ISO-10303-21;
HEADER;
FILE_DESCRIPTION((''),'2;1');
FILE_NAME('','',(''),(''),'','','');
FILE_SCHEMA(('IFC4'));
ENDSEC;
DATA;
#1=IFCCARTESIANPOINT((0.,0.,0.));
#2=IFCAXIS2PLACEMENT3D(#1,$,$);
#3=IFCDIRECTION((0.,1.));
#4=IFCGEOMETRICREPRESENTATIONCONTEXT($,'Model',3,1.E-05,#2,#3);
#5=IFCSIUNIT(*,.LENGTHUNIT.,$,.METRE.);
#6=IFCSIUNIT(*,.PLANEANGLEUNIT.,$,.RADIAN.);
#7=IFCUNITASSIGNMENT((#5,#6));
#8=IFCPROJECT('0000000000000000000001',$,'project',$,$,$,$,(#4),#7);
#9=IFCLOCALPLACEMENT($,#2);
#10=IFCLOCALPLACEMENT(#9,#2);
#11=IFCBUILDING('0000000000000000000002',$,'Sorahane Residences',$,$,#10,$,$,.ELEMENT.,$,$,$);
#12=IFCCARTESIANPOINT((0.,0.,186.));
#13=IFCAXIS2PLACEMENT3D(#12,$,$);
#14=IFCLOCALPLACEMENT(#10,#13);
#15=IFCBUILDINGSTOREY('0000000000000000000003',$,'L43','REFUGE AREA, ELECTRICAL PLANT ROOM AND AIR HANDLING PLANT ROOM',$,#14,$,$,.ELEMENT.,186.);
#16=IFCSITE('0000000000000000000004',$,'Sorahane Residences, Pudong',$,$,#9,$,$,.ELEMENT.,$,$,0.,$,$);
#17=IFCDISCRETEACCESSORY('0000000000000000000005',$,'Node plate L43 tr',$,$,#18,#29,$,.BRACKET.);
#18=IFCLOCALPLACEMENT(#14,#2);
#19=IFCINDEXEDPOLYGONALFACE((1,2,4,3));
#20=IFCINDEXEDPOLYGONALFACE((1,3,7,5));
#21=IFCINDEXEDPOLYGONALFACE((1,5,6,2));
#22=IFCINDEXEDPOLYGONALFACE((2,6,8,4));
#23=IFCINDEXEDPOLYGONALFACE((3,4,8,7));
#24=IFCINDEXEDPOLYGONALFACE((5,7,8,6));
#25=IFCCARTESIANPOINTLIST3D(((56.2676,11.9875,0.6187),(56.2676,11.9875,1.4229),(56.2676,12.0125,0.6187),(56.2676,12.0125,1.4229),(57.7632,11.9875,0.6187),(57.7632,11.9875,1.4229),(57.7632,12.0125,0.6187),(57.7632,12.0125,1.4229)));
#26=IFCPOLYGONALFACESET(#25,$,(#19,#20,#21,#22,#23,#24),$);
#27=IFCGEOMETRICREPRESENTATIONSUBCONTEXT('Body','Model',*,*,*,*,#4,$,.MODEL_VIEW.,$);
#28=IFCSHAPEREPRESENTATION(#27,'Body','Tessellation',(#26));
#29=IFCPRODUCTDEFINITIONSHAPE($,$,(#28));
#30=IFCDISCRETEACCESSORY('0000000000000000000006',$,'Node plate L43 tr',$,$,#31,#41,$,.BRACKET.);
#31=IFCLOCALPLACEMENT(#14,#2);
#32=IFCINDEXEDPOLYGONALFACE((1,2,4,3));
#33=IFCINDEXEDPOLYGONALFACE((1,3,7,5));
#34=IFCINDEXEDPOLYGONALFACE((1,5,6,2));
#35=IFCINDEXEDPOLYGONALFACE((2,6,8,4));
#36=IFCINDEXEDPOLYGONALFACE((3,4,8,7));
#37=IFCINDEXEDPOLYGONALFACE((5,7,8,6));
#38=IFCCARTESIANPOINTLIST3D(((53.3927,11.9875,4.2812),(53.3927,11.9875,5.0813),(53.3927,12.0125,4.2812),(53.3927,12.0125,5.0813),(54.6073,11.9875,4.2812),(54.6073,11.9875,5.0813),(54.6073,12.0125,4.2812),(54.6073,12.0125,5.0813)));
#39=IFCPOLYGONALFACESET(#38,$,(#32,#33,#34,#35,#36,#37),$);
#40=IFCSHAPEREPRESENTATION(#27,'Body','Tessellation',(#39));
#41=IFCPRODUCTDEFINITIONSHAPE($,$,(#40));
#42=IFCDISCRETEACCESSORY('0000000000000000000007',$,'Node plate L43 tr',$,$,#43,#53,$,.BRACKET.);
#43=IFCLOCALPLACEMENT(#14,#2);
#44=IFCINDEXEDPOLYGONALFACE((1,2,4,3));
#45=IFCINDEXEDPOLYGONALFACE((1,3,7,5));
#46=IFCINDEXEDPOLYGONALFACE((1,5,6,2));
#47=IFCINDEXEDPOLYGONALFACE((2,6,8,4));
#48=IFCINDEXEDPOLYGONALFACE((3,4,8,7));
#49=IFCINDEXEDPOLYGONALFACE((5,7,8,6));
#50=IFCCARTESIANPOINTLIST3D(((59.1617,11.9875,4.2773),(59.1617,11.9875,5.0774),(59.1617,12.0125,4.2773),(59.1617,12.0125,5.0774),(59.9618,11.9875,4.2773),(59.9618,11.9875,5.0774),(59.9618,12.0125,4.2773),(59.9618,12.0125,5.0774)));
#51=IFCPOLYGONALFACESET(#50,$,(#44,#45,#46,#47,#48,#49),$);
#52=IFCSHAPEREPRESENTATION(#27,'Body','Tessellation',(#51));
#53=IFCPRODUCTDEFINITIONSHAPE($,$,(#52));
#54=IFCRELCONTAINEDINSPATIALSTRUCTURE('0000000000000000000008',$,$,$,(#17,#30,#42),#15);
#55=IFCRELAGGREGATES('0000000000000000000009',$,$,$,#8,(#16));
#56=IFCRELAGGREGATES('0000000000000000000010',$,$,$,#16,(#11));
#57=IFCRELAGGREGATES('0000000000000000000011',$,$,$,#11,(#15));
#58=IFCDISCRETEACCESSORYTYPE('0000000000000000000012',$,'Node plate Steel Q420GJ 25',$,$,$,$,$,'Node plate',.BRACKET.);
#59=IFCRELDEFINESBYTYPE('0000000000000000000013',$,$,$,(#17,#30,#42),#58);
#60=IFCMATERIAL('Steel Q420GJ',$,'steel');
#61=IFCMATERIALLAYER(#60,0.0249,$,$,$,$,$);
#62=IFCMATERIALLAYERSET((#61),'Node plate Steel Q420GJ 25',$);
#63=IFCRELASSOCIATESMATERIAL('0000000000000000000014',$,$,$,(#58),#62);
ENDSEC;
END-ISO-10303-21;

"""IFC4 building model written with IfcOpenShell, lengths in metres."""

from ifc_helpers import new_model, si_unit, direction, frame, origin, origin_2d, place, context, subcontext, project, spatial, rectangle, extrude, material, layer, layer_set, type_object, element, save


model = new_model("IFC4")

# Units and contexts
model_context = context("Model", 3, precision=1e-05, world=origin(), true_north=direction((0.0, 1.0)))
body_context = subcontext(model_context, "Body", "Model", "MODEL_VIEW")
ifc_project = project(units=[si_unit("LENGTHUNIT", "METRE"), si_unit("PLANEANGLEUNIT", "RADIAN")], contexts=[model_context])

# Site, building, storey
site_placement = place(None, origin())
site = spatial("IfcSite", under=ifc_project, at=site_placement, Name="Sorahane Residences, Pudong", CompositionType="ELEMENT", RefElevation=0.0)
building_placement = place(site_placement, origin())
building = spatial("IfcBuilding", under=site, at=building_placement, Name="Sorahane Residences", CompositionType="ELEMENT")
storey_placement = place(building_placement, frame((0.0, 0.0, 186.0)))
storey = spatial("IfcBuildingStorey", under=building, at=storey_placement, Name="L43", Description="REFUGE AREA, ELECTRICAL PLANT ROOM AND AIR HANDLING PLANT ROOM", CompositionType="ELEMENT", Elevation=186.0)

# Discrete accessories
ifc_material_1 = material(Name="Steel Q420GJ", Category="steel")
ifc_layer_1 = layer(ifc_material_1, 0.0249)
ifc_layer_set_1 = layer_set([ifc_layer_1], Name="Node plate Steel Q420GJ 25")
discrete_accessory_type_1 = type_object("IfcDiscreteAccessoryType", Name="Node plate Steel Q420GJ 25", ElementType="Node plate", PredefinedType="BRACKET", material=ifc_layer_set_1)
discrete_accessory_1_placement = place(storey_placement, frame((57.0154, 12.0, 0.6187), z_axis=(0.0, 0.0, 1.0), x_axis=(1.0, 0.0, 0.0)))
element("IfcDiscreteAccessory", 1, at=discrete_accessory_1_placement, inside=storey, type_object=discrete_accessory_type_1, Name="Node plate L43 tr", PredefinedType="BRACKET", context=body_context, shape_type="SweptSolid", body=[
    extrude(rectangle(XDim=1.4956, YDim=0.0249, at=origin_2d()), origin(), (0.0, 0.0, 1.0), 0.8042),
])
discrete_accessory_2_placement = place(storey_placement, frame((54.0, 12.0, 4.2812), z_axis=(0.0, 0.0, 1.0), x_axis=(1.0, 0.0, 0.0)))
element("IfcDiscreteAccessory", 2, at=discrete_accessory_2_placement, inside=storey, type_object=discrete_accessory_type_1, Name="Node plate L43 tr", PredefinedType="BRACKET", context=body_context, shape_type="SweptSolid", body=[
    extrude(rectangle(XDim=1.2146, YDim=0.0249, at=origin_2d()), origin(), (0.0, 0.0, 1.0), 0.8),
])
discrete_accessory_3_placement = place(storey_placement, frame((59.5618, 12.0, 4.2773), z_axis=(0.0, 0.0, 1.0), x_axis=(1.0, 0.0, 0.0)))
element("IfcDiscreteAccessory", 3, at=discrete_accessory_3_placement, inside=storey, type_object=discrete_accessory_type_1, Name="Node plate L43 tr", PredefinedType="BRACKET", context=body_context, shape_type="SweptSolid", body=[
    extrude(rectangle(XDim=0.8, YDim=0.0249, at=origin_2d()), origin(), (0.0, 0.0, 1.0), 0.8),
])

save(model, "model.ifc")
